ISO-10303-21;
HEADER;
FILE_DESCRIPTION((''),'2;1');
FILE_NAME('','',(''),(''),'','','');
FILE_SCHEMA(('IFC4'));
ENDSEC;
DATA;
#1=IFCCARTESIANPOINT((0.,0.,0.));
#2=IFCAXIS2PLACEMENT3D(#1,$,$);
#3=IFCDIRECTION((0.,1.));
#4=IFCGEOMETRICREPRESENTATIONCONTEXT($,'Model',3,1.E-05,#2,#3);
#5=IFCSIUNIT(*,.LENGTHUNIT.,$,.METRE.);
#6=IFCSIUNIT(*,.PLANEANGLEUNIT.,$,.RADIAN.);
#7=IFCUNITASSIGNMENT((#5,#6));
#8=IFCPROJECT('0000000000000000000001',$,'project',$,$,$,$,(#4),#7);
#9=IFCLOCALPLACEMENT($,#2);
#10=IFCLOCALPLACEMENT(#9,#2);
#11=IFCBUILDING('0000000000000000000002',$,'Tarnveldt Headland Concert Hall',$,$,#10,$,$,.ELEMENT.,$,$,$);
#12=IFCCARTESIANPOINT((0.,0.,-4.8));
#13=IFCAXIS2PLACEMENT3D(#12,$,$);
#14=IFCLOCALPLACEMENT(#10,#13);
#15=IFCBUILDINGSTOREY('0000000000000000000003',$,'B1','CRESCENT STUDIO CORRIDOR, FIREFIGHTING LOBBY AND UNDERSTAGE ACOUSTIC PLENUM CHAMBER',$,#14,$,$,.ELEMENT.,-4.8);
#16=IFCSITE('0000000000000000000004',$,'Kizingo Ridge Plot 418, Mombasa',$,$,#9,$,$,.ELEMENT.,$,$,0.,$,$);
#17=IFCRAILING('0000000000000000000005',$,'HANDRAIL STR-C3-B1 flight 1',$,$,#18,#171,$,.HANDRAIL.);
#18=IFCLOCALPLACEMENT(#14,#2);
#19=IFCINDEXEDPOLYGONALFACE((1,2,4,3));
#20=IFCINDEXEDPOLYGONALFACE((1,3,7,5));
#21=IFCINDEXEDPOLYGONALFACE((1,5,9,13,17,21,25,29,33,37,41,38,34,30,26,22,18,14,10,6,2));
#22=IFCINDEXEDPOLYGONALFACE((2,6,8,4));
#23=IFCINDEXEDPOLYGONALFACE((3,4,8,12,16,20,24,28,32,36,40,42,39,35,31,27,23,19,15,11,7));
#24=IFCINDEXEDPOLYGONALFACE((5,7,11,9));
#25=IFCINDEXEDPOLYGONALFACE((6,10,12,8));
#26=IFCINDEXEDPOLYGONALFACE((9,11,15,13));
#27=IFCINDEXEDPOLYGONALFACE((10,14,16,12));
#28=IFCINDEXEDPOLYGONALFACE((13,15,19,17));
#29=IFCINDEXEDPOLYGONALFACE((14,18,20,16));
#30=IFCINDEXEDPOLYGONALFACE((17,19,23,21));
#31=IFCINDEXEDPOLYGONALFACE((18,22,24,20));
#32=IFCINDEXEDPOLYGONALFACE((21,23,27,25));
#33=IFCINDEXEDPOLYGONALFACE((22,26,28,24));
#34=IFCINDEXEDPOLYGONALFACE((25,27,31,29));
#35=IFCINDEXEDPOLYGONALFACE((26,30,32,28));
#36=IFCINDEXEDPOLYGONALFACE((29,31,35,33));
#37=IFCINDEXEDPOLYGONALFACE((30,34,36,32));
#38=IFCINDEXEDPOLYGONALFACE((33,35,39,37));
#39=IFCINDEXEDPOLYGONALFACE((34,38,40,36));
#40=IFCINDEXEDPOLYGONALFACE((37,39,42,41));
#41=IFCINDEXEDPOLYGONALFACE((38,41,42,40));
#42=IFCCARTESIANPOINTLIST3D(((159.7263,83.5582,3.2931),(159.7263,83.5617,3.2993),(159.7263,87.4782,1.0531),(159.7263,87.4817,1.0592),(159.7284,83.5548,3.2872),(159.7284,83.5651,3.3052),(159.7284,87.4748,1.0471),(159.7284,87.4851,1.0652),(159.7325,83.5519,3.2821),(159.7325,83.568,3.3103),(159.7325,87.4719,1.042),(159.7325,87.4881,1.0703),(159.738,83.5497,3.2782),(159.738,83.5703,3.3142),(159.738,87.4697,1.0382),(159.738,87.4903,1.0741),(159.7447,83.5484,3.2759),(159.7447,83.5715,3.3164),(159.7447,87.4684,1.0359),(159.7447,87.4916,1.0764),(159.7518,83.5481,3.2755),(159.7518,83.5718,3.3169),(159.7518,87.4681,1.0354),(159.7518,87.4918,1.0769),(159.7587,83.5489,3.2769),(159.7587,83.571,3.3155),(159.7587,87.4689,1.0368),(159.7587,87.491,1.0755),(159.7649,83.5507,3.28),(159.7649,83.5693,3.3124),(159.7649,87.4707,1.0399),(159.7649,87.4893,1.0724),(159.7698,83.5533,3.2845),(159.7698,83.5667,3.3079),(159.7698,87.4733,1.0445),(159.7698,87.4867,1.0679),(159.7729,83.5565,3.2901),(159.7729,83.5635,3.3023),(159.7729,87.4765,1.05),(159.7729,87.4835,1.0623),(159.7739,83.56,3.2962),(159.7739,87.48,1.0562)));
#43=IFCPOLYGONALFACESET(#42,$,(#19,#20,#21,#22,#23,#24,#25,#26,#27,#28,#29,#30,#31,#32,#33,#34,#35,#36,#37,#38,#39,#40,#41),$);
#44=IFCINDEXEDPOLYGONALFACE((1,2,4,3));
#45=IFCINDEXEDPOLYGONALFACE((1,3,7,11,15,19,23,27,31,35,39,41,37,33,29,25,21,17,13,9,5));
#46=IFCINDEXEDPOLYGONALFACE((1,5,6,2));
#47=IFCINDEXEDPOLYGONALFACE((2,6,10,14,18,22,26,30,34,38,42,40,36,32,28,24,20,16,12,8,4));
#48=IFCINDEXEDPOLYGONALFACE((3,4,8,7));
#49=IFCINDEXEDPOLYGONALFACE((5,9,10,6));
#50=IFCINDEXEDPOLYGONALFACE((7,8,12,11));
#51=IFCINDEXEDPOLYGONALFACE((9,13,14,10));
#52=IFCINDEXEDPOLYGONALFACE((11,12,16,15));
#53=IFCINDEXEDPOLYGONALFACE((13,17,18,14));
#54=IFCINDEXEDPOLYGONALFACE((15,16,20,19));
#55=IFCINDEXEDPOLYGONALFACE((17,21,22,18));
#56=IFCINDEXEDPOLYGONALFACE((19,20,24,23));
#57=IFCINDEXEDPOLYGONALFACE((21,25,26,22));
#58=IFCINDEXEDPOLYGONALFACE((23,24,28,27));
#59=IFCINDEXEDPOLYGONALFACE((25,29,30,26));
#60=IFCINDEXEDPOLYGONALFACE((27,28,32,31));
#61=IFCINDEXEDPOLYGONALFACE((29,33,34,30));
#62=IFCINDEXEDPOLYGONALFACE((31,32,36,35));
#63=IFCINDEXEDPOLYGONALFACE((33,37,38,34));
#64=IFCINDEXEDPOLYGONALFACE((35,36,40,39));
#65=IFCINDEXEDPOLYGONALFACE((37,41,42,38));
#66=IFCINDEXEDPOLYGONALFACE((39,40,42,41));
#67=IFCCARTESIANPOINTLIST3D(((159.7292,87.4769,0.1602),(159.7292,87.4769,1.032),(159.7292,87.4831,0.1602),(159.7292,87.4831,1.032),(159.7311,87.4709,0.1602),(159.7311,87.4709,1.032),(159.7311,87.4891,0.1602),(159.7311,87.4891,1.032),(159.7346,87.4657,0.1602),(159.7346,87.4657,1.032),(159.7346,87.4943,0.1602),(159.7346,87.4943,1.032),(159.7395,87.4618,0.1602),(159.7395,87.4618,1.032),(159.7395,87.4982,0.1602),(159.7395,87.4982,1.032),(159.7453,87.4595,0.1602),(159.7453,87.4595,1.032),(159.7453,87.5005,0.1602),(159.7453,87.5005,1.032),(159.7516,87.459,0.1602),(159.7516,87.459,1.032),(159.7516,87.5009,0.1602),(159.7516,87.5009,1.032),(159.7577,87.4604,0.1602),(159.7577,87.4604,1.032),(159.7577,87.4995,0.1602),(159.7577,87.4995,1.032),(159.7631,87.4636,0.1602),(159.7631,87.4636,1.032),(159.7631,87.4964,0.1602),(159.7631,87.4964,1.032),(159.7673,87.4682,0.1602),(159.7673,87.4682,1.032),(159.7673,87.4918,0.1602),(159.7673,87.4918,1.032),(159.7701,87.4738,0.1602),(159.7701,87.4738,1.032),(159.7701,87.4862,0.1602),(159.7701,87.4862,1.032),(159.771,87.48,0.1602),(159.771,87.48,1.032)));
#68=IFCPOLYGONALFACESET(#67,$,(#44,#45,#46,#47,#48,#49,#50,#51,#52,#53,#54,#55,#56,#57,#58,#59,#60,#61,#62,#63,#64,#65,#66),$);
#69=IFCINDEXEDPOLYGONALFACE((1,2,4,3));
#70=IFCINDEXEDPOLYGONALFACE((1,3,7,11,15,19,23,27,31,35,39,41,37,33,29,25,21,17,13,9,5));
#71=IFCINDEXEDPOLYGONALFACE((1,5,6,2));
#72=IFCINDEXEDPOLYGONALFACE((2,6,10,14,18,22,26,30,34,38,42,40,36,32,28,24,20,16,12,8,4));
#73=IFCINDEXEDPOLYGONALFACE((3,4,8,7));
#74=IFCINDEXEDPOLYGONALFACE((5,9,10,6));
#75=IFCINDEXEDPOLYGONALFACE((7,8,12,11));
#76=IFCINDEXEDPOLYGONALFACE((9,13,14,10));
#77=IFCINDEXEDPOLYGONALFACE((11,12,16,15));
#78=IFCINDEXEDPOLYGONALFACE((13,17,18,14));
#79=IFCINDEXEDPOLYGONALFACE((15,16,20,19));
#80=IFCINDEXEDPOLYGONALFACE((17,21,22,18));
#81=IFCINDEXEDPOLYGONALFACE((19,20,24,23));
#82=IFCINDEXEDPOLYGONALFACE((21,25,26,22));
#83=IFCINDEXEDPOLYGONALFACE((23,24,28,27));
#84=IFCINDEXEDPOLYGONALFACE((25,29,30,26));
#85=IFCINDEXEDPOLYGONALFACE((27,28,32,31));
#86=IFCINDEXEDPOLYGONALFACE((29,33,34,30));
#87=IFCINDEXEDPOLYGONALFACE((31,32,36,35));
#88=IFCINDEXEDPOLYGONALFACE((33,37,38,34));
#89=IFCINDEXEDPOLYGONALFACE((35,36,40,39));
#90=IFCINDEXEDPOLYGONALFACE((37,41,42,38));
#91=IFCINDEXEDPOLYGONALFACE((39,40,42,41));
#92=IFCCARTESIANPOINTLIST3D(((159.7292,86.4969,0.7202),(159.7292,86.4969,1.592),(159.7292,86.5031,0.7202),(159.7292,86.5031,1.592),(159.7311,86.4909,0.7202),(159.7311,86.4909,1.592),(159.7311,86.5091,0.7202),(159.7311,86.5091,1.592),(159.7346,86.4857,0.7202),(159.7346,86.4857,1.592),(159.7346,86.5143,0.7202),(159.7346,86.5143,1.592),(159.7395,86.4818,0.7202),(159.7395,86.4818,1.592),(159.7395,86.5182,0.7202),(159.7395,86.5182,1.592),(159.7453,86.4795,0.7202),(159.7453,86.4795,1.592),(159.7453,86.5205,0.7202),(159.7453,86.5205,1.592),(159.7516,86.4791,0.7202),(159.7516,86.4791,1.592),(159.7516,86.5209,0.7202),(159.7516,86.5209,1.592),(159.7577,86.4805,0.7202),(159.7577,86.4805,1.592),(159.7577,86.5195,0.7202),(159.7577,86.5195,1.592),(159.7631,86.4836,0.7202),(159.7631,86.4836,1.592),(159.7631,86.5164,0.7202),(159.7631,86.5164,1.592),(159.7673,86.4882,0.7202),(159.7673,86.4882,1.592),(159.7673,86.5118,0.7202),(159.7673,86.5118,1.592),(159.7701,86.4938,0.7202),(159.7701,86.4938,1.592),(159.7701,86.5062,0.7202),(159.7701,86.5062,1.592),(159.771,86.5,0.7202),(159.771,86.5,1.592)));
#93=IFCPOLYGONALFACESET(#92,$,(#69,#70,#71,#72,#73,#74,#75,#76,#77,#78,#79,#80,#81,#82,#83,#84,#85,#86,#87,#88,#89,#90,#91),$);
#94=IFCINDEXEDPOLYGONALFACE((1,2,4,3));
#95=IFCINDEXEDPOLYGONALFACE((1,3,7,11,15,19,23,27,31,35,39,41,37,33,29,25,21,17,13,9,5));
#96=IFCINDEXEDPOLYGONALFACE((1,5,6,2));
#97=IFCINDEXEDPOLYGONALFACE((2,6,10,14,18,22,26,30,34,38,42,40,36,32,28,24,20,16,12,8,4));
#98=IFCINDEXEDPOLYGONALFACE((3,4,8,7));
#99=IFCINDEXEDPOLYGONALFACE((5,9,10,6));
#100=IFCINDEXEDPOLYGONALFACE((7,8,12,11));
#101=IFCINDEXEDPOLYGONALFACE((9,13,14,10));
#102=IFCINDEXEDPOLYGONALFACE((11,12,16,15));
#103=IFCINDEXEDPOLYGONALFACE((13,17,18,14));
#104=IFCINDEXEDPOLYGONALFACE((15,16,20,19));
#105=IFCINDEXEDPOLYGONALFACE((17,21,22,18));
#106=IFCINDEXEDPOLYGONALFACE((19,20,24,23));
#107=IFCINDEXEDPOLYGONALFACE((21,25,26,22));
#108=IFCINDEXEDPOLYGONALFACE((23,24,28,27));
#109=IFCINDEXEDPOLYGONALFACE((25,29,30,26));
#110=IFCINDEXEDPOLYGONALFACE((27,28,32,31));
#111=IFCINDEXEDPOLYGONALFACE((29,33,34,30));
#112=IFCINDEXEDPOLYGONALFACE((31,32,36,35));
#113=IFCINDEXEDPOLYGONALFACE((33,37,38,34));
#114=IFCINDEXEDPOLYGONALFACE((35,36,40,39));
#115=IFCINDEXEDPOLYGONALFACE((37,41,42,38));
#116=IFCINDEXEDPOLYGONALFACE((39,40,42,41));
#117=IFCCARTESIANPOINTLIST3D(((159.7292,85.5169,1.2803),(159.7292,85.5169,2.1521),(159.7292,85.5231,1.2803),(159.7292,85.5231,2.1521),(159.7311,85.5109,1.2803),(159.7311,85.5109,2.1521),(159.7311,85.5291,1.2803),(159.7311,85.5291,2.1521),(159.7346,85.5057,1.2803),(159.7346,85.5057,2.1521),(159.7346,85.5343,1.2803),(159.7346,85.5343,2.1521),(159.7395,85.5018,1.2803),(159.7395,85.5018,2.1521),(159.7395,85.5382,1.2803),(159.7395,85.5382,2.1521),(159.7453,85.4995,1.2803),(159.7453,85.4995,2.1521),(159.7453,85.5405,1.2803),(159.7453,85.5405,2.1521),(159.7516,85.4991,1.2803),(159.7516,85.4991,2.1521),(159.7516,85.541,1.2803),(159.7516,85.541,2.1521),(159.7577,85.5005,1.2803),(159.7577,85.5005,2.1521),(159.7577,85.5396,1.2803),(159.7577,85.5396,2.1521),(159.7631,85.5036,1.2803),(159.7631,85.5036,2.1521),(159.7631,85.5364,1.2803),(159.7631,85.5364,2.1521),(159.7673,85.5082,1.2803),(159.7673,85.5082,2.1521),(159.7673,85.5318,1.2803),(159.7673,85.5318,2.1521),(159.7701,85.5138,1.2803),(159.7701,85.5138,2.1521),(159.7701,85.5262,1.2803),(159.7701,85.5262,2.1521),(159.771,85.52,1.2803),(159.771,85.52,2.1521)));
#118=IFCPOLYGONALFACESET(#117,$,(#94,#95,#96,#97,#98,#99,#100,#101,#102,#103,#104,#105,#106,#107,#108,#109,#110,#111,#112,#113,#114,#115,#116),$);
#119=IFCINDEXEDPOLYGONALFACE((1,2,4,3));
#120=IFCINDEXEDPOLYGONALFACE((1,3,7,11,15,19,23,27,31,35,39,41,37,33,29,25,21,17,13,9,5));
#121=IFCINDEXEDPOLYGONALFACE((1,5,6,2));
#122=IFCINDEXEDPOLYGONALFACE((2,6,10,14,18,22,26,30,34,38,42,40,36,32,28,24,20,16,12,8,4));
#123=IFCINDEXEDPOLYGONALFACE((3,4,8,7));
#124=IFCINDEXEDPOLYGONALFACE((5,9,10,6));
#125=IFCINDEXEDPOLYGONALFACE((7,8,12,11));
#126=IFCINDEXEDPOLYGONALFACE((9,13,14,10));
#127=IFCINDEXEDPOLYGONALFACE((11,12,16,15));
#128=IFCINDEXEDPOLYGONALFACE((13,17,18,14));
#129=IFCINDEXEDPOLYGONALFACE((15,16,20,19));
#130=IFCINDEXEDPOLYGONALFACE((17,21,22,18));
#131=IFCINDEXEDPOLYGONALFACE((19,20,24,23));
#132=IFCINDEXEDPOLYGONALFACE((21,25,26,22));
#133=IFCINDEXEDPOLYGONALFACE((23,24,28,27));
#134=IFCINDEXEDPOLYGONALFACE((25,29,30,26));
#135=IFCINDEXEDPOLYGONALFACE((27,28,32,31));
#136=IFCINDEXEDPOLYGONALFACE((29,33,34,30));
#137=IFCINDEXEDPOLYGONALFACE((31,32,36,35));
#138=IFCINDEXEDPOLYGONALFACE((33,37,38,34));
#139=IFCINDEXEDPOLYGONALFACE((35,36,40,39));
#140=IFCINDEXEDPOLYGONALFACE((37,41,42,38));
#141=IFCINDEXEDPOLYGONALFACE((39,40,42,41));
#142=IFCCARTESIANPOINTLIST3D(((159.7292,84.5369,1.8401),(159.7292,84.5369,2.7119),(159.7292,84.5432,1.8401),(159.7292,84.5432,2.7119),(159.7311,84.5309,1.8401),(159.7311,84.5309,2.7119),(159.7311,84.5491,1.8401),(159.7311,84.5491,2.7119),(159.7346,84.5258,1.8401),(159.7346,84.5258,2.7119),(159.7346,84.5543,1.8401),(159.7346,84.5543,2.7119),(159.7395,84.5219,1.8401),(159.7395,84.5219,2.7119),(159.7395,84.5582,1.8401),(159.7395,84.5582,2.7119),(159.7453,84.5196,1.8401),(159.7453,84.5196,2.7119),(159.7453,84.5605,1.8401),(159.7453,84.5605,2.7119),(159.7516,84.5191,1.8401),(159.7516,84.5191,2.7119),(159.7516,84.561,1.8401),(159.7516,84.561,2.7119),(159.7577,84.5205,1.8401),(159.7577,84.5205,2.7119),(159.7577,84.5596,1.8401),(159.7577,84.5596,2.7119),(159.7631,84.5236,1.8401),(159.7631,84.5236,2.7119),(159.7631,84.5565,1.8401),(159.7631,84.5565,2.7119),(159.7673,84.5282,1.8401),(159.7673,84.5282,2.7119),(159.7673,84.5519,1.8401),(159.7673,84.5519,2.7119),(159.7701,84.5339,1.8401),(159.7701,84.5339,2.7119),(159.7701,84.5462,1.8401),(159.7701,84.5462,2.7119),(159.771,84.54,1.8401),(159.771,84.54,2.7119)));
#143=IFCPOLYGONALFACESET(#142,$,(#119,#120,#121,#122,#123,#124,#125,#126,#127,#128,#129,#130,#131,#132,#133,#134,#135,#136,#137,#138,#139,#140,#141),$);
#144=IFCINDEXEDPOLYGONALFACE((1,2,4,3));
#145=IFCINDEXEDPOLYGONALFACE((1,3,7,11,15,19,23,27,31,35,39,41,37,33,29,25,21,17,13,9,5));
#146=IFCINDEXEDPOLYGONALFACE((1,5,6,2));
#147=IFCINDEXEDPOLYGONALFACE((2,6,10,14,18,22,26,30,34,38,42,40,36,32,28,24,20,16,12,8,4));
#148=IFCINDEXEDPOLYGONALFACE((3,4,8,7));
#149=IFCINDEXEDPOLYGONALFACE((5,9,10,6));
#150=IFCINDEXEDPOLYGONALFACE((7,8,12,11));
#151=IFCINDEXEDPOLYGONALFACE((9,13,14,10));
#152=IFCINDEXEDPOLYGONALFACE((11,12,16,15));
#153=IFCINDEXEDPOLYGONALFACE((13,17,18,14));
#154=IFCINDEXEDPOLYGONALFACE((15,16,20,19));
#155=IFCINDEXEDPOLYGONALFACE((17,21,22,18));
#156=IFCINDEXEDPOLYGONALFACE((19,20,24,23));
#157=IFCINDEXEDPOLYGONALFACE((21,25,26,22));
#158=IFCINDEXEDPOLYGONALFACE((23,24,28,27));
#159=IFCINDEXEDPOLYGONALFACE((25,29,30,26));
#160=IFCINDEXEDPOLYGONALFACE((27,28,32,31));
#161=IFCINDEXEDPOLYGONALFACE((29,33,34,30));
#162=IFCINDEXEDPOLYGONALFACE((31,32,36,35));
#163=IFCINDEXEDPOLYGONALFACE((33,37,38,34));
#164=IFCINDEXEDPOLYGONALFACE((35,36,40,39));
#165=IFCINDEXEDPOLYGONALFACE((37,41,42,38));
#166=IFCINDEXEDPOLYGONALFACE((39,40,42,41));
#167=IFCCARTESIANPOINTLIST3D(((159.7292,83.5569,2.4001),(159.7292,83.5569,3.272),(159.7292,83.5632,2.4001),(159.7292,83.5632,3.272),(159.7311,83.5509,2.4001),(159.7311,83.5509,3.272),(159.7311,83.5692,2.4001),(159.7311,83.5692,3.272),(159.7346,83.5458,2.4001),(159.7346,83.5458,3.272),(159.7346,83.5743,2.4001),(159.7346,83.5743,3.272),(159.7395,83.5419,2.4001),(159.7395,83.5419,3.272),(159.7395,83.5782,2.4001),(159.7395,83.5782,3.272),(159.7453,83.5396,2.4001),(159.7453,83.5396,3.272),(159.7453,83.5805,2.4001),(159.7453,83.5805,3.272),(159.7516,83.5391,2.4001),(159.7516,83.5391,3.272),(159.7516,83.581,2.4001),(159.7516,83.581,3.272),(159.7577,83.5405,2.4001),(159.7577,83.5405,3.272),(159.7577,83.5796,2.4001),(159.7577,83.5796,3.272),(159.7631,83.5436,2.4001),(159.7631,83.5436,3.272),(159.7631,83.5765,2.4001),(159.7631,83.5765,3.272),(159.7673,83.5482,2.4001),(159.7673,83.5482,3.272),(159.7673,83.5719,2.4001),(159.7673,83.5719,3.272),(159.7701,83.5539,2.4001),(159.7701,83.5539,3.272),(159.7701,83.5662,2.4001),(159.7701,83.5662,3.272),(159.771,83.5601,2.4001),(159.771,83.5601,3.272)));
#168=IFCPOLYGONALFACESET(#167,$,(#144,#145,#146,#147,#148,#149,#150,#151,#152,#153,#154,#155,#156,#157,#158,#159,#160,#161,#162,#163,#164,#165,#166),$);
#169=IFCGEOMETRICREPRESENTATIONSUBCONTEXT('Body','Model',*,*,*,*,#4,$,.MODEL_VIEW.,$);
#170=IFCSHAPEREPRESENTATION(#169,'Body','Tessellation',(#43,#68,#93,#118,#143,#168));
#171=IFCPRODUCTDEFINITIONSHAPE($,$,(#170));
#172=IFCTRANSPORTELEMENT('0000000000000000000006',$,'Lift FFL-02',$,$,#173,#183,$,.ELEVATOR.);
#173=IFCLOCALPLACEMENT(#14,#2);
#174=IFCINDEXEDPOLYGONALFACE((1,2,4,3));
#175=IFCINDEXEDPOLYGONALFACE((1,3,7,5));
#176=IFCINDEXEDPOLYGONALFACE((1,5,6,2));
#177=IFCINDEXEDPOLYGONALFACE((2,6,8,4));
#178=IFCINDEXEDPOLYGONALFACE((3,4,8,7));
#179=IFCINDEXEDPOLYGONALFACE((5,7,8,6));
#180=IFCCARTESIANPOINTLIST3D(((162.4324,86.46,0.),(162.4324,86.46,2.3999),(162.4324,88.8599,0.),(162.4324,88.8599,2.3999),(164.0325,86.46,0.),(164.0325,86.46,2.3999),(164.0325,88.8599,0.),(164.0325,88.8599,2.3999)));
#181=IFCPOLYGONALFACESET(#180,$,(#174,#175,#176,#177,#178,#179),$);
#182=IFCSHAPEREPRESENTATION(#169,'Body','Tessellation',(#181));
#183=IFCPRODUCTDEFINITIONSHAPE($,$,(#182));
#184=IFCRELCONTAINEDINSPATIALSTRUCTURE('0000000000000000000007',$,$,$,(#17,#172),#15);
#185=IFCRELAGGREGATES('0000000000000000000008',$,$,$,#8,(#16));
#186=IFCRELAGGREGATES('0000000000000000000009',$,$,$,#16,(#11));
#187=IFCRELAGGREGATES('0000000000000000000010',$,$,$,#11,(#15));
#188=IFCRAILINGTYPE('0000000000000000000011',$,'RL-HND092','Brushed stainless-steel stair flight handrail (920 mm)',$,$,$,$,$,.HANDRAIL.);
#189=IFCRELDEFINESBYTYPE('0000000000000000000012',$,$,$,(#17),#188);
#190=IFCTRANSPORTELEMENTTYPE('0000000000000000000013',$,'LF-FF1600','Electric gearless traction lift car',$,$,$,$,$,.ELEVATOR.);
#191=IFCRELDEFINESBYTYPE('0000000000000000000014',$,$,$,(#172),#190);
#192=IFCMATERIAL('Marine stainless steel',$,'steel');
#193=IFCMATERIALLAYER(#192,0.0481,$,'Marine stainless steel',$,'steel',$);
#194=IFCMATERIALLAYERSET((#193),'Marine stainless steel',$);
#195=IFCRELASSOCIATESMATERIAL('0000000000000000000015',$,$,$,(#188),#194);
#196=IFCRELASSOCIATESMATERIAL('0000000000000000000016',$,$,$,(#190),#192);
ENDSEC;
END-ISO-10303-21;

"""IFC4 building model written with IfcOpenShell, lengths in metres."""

from ifc_helpers import new_model, si_unit, direction, frame, origin, origin_2d, place, context, subcontext, project, spatial, rectangle, circle, extrude, material, layer, layer_set, type_object, element, save


model = new_model("IFC4")

# Units and contexts
model_context = context("Model", 3, precision=1e-05, world=origin(), true_north=direction((0.0, 1.0)))
body_context = subcontext(model_context, "Body", "Model", "MODEL_VIEW")
ifc_project = project(units=[si_unit("LENGTHUNIT", "METRE"), si_unit("PLANEANGLEUNIT", "RADIAN")], contexts=[model_context])

# Site, building, storey
site_placement = place(None, origin())
site = spatial("IfcSite", under=ifc_project, at=site_placement, Name="Kizingo Ridge Plot 418, Mombasa", CompositionType="ELEMENT", RefElevation=0.0)
building_placement = place(site_placement, origin())
building = spatial("IfcBuilding", under=site, at=building_placement, Name="Tarnveldt Headland Concert Hall", CompositionType="ELEMENT")
storey_placement = place(building_placement, frame((0.0, 0.0, -4.8)))
storey = spatial("IfcBuildingStorey", under=building, at=storey_placement, Name="B1", Description="CRESCENT STUDIO CORRIDOR, FIREFIGHTING LOBBY AND UNDERSTAGE ACOUSTIC PLENUM CHAMBER", CompositionType="ELEMENT", Elevation=-4.8)

# Railing
ifc_material_1 = material(Name="Marine stainless steel", Category="steel")
ifc_layer_1 = layer(ifc_material_1, 0.0481, Name="Marine stainless steel", Category="steel")
ifc_layer_set_1 = layer_set([ifc_layer_1], Name="Marine stainless steel")
railing_type = type_object("IfcRailingType", Name="RL-HND092", Description="Brushed stainless-steel stair flight handrail (920 mm)", PredefinedType="HANDRAIL", material=ifc_layer_set_1)
railing_placement = place(storey_placement, frame((159.75, 87.48, 0.1602)))
element("IfcRailing", 1, at=railing_placement, inside=storey, type_object=railing_type, Name="HANDRAIL STR-C3-B1 flight 1", PredefinedType="HANDRAIL", context=body_context, shape_type="SweptSolid", body=[
    extrude(circle(Radius=0.0239, at=origin_2d()), frame((0.0, 0.0, 0.896), z_axis=(0.0, -0.86824, 0.496145), x_axis=(1.0, 0.0, 0.0)), (0.0, 0.0, 1.0), 4.5149),
    extrude(circle(Radius=0.021, at=origin_2d()), origin(), (0.0, 0.0, 1.0), 0.8718),
    extrude(circle(Radius=0.021, at=origin_2d()), frame((0.0, -0.98, 0.5601)), (0.0, 0.0, 1.0), 0.8718),
    extrude(circle(Radius=0.021, at=origin_2d()), frame((0.0, -1.96, 1.1201)), (0.0, 0.0, 1.0), 0.8718),
    extrude(circle(Radius=0.021, at=origin_2d()), frame((0.0, -2.9399, 1.6799)), (0.0, 0.0, 1.0), 0.8718),
    extrude(circle(Radius=0.021, at=origin_2d()), frame((0.0, -3.9199, 2.24)), (0.0, 0.0, 1.0), 0.8718),
])

# Transport element
transport_element_type = type_object("IfcTransportElementType", Name="LF-FF1600", Description="Electric gearless traction lift car", PredefinedType="ELEVATOR", material=ifc_material_1)
transport_element_placement = place(storey_placement, frame((163.2324, 87.6599, 0.0), z_axis=(0.0, 0.0, 1.0), x_axis=(1.0, 0.0, 0.0)))
element("IfcTransportElement", 2, at=transport_element_placement, inside=storey, type_object=transport_element_type, Name="Lift FFL-02", PredefinedType="ELEVATOR", context=body_context, shape_type="SweptSolid", body=[
    extrude(rectangle(XDim=1.6001, YDim=2.3999, at=origin_2d()), origin(), (0.0, 0.0, 1.0), 2.3999),
])

save(model, "model.ifc")
